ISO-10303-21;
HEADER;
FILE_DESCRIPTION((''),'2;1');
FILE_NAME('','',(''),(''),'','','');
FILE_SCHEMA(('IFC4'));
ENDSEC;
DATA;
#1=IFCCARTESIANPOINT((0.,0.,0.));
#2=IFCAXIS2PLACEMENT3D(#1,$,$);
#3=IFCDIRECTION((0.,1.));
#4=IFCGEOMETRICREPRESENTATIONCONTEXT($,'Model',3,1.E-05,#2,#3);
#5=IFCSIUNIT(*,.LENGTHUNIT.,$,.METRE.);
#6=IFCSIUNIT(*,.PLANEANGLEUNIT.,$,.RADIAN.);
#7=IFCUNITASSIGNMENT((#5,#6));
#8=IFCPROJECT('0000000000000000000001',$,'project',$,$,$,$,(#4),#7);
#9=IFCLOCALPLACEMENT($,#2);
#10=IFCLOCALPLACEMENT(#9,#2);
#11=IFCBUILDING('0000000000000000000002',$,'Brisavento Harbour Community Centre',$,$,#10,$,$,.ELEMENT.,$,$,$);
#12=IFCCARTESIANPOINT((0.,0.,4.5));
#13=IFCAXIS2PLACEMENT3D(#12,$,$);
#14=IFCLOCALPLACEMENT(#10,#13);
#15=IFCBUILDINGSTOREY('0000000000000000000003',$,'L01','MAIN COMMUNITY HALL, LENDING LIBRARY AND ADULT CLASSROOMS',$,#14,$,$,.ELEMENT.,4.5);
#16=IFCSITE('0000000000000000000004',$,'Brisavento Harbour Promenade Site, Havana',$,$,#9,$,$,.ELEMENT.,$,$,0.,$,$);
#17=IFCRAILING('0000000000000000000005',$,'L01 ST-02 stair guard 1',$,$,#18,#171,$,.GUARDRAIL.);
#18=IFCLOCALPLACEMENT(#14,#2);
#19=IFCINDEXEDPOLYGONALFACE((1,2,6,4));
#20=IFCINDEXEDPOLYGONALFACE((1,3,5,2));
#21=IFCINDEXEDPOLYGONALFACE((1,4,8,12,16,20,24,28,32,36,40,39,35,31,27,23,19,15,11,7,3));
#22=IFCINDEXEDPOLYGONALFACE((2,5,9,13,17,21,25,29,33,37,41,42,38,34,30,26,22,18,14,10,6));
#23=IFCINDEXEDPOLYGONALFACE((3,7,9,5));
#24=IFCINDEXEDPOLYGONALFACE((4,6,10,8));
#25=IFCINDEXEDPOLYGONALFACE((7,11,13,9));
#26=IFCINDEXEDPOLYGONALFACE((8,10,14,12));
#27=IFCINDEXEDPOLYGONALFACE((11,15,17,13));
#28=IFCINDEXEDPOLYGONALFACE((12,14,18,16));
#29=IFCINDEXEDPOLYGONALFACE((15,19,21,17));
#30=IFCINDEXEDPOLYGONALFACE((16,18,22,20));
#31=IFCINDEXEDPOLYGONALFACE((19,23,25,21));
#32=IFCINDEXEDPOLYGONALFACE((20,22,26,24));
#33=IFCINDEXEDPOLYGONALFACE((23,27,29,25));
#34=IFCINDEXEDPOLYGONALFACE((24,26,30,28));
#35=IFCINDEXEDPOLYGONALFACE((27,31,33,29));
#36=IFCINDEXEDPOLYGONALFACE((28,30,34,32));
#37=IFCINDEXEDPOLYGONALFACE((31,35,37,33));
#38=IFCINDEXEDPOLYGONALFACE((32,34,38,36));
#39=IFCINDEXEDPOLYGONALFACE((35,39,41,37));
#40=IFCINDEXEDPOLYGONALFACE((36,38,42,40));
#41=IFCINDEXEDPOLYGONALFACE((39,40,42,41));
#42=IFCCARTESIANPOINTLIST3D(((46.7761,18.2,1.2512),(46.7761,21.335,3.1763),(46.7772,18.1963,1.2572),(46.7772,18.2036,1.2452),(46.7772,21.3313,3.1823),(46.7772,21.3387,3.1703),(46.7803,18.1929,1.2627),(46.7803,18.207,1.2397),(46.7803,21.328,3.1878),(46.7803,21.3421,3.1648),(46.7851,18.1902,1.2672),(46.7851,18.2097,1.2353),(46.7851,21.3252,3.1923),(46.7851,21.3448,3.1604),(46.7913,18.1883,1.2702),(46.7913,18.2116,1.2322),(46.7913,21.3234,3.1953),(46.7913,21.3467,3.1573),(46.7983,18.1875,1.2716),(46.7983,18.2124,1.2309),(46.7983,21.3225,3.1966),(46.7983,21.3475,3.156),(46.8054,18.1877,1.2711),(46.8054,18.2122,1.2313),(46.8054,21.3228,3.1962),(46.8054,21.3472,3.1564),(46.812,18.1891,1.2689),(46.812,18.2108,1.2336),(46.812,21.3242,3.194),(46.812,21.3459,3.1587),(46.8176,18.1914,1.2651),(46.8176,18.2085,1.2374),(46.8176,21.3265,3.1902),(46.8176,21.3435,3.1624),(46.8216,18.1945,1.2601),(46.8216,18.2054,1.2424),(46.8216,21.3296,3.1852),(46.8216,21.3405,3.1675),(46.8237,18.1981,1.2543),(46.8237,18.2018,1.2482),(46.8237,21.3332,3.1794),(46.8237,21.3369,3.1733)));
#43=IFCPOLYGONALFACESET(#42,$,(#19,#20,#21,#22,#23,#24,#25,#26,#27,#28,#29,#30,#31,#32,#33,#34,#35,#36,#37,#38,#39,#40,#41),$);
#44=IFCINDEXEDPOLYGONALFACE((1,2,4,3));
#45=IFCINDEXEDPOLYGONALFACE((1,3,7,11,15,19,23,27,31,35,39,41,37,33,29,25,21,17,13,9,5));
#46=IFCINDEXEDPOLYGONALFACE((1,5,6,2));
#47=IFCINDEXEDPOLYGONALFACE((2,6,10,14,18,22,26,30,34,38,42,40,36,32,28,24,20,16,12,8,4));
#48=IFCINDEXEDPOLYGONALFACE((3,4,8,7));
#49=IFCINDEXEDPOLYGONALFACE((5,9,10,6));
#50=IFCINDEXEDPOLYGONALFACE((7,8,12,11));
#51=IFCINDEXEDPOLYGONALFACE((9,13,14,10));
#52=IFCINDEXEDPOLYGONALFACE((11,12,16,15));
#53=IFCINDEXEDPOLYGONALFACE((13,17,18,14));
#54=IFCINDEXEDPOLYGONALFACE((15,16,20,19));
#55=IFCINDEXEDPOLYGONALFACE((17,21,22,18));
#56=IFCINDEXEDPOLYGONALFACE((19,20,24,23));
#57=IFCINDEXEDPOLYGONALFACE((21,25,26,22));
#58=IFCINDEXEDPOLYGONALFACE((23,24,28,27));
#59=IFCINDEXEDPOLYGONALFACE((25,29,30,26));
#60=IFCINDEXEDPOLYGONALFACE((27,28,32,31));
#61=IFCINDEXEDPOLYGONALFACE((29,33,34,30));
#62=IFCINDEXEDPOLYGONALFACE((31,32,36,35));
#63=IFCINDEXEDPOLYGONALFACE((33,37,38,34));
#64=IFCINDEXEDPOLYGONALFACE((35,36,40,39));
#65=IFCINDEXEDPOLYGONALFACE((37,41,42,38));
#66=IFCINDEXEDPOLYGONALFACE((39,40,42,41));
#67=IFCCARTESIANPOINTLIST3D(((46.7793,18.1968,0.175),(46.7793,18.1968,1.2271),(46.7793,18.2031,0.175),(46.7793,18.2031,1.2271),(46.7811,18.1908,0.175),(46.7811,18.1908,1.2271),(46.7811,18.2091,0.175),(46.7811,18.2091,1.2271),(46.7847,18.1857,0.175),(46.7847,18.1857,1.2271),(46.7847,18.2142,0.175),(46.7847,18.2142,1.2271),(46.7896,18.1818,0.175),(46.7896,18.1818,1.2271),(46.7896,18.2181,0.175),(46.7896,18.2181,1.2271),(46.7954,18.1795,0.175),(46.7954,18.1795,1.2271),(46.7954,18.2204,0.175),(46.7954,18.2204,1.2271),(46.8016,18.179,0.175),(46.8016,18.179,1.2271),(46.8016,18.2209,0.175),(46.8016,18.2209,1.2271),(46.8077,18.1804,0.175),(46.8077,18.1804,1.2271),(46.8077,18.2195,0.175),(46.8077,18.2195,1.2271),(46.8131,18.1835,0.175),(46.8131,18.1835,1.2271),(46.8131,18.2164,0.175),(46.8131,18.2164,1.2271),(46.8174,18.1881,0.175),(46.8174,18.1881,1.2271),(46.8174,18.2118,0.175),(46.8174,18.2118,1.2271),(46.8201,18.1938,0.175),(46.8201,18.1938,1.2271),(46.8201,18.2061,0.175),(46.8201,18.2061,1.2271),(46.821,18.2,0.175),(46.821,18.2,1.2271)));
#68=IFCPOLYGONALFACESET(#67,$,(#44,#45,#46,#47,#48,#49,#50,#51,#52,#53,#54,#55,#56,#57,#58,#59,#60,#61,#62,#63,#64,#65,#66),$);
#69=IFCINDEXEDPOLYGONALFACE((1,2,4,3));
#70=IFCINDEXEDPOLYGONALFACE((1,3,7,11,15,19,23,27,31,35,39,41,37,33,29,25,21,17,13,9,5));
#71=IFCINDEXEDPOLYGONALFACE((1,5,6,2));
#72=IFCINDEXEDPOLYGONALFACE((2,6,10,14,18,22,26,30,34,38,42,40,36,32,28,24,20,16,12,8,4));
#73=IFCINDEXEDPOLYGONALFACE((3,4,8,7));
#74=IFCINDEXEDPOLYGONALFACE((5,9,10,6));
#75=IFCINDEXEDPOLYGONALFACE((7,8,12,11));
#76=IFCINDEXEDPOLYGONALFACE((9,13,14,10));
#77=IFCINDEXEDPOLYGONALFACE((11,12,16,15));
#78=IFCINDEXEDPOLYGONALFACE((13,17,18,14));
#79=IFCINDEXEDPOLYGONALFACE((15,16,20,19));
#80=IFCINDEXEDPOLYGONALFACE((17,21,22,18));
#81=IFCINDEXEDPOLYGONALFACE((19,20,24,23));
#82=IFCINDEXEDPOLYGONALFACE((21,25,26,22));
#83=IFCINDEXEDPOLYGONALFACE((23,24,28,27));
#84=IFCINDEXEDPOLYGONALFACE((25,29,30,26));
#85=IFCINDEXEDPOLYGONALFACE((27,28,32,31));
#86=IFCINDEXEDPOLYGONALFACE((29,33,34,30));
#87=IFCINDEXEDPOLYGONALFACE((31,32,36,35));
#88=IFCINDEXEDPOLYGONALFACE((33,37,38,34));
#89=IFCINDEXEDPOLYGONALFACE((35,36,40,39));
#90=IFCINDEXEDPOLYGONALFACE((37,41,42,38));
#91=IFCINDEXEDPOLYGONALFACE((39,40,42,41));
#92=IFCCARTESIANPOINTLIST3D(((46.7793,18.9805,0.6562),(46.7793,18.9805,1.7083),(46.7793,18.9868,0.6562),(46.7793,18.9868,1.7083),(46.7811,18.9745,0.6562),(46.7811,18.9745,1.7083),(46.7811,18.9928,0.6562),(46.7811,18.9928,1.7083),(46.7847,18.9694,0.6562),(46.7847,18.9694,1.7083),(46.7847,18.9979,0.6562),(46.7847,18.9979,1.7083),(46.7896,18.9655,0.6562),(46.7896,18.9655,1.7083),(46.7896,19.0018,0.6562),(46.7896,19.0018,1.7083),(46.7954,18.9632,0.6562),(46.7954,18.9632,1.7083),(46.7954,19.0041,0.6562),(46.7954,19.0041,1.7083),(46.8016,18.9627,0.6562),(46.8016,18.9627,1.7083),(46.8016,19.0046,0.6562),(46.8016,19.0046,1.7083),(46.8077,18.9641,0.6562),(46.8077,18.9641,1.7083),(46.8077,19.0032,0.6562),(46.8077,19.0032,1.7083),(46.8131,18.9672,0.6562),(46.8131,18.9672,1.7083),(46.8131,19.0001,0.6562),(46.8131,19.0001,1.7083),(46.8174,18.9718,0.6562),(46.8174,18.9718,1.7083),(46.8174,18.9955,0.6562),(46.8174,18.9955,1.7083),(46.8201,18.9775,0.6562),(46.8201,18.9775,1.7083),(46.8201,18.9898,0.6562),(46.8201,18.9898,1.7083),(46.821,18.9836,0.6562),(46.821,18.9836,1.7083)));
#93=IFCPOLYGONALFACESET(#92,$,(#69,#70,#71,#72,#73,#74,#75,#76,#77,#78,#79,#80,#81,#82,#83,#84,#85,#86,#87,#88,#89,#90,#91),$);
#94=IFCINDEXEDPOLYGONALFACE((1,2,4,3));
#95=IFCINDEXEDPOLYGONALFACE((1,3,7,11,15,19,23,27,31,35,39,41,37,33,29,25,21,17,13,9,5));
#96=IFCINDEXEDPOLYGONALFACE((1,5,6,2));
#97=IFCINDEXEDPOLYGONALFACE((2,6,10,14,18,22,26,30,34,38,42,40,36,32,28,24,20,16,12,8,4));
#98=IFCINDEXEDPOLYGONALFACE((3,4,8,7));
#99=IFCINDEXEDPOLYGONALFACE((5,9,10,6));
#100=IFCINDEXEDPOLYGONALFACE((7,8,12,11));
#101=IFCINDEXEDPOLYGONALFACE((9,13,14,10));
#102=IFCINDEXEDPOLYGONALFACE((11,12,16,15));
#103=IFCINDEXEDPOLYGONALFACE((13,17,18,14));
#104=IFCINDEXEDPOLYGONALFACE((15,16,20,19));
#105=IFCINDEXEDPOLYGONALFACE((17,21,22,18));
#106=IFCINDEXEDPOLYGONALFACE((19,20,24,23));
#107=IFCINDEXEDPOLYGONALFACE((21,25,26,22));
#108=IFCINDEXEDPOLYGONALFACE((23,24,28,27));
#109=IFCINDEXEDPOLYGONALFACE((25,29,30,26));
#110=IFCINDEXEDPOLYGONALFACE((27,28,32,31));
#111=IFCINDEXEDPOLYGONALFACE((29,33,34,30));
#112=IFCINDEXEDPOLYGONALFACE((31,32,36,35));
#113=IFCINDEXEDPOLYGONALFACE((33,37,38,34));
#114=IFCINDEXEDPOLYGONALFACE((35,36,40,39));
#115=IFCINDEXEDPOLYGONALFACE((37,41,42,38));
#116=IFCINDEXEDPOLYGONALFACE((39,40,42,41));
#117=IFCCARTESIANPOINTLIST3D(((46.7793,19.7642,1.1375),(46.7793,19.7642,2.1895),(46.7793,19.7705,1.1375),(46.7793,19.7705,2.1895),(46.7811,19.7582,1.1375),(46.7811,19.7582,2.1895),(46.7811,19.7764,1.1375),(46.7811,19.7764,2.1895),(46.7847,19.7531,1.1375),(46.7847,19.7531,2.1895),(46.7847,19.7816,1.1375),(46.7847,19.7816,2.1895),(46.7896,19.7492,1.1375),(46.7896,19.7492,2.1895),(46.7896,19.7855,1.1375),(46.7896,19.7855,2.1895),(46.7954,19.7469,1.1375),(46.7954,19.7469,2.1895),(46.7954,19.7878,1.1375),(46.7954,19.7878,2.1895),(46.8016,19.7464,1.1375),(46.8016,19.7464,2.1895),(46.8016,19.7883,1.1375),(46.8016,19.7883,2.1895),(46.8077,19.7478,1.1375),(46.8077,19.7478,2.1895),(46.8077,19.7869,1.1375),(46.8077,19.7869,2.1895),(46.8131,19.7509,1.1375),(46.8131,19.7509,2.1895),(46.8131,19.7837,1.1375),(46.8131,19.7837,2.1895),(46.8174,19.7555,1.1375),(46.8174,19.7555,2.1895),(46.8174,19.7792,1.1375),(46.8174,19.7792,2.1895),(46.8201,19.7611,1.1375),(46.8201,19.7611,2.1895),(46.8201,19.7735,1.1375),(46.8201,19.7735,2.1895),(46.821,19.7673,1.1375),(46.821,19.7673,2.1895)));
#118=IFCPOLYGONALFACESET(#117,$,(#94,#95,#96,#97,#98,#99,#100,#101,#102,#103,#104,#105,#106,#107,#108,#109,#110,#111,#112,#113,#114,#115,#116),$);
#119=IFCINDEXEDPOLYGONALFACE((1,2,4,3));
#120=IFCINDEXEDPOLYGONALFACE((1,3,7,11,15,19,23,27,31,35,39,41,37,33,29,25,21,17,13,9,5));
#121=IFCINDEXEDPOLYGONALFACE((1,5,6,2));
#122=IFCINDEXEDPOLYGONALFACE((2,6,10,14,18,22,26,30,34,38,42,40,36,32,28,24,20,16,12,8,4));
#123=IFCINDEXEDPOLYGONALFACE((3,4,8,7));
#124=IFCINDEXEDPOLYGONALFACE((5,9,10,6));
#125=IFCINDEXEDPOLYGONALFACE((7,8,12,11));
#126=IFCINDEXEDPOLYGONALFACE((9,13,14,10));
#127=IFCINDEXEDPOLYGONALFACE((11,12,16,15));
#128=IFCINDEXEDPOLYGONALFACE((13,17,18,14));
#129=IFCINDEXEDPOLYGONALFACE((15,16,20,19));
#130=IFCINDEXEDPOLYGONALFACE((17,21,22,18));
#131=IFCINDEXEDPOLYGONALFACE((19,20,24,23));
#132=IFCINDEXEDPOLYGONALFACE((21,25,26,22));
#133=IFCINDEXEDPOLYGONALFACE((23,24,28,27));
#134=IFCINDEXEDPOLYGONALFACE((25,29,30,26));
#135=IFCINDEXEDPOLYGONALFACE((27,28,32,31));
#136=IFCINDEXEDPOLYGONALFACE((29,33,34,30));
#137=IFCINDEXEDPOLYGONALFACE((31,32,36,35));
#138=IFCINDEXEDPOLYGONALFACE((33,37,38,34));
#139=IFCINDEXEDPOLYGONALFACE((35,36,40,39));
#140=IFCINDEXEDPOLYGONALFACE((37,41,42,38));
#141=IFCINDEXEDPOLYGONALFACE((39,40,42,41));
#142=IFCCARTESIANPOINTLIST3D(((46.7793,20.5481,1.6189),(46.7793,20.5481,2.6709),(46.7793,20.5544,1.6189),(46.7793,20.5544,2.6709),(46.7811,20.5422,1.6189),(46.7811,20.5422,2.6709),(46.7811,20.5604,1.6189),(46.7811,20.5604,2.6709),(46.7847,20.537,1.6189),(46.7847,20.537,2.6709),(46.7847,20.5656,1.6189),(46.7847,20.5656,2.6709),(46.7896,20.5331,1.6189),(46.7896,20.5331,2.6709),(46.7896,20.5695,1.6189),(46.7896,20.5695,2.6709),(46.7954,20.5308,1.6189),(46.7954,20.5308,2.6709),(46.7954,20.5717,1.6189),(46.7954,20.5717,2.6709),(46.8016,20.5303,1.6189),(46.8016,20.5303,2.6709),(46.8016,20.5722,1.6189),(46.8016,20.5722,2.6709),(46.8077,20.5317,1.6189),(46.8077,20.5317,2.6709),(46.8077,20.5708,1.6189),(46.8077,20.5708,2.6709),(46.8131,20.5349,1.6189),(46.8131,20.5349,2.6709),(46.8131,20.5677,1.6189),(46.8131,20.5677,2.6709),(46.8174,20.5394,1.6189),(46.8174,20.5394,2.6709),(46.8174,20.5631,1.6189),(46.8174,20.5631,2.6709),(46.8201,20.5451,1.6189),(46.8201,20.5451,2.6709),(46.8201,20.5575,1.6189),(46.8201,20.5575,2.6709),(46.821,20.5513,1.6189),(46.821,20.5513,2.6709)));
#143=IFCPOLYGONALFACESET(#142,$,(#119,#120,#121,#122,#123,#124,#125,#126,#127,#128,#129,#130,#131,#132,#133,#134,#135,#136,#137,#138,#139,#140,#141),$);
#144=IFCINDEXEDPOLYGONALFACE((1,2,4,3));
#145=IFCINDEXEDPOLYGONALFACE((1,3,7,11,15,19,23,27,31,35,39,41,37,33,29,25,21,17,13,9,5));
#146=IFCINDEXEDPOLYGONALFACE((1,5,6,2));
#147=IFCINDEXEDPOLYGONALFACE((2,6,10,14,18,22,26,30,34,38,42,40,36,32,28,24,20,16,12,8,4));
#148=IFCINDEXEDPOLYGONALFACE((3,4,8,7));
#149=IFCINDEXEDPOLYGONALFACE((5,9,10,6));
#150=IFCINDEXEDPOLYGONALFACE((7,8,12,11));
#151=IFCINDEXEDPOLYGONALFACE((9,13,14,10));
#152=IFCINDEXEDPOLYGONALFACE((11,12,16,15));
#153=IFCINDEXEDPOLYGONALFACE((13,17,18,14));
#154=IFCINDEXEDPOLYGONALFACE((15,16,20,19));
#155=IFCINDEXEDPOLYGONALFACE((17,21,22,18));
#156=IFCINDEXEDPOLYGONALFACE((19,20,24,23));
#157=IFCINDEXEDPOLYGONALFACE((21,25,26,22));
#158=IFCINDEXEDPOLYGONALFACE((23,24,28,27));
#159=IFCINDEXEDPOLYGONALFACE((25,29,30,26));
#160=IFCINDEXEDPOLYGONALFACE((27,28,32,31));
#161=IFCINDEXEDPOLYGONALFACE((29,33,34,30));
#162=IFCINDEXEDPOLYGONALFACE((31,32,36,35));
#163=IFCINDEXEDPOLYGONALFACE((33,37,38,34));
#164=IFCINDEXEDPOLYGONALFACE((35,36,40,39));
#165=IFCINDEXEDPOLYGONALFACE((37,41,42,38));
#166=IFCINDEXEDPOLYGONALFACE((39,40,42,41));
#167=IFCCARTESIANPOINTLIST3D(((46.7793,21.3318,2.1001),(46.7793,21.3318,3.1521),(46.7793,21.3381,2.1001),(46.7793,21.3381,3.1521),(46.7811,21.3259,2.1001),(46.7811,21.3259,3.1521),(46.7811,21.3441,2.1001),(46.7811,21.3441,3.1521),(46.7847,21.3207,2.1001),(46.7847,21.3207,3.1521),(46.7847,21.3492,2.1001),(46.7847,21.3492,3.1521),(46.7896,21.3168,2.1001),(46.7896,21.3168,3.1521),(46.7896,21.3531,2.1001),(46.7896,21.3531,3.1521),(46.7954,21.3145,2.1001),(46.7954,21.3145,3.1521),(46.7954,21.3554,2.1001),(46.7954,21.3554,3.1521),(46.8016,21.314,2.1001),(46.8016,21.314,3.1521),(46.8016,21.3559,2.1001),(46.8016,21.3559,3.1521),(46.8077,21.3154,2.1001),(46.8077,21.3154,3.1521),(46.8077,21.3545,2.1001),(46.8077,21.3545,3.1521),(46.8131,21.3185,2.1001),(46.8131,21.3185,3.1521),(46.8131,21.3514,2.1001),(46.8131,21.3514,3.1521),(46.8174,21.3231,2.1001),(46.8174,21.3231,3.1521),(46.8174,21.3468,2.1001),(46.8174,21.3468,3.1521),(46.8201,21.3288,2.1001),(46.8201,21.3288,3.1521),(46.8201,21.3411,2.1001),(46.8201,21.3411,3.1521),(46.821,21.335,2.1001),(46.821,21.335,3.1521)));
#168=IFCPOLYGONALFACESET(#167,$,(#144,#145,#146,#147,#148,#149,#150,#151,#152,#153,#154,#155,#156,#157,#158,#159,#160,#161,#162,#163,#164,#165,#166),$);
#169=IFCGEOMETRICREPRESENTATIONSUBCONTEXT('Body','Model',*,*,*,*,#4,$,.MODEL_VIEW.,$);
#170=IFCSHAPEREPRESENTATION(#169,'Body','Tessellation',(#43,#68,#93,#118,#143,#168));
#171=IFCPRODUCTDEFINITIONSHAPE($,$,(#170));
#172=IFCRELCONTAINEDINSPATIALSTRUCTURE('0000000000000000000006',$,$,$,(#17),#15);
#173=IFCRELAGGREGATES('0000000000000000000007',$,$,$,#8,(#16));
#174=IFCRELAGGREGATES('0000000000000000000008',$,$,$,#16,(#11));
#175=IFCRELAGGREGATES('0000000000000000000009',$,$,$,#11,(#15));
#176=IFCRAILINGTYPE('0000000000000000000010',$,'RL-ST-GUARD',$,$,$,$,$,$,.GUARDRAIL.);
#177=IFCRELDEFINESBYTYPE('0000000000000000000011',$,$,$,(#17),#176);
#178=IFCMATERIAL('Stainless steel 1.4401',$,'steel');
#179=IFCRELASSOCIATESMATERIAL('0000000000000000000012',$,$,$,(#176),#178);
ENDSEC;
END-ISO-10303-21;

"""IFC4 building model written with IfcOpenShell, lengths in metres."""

from ifc_helpers import new_model, si_unit, direction, frame, origin, origin_2d, place, context, subcontext, project, spatial, circle, extrude, material, type_object, element, save


model = new_model("IFC4")

# Units and contexts
model_context = context("Model", 3, precision=1e-05, world=origin(), true_north=direction((0.0, 1.0)))
body_context = subcontext(model_context, "Body", "Model", "MODEL_VIEW")
ifc_project = project(units=[si_unit("LENGTHUNIT", "METRE"), si_unit("PLANEANGLEUNIT", "RADIAN")], contexts=[model_context])

# Site, building, storey
site_placement = place(None, origin())
site = spatial("IfcSite", under=ifc_project, at=site_placement, Name="Brisavento Harbour Promenade Site, Havana", CompositionType="ELEMENT", RefElevation=0.0)
building_placement = place(site_placement, origin())
building = spatial("IfcBuilding", under=site, at=building_placement, Name="Brisavento Harbour Community Centre", CompositionType="ELEMENT")
storey_placement = place(building_placement, frame((0.0, 0.0, 4.5)))
storey = spatial("IfcBuildingStorey", under=building, at=storey_placement, Name="L01", Description="MAIN COMMUNITY HALL, LENDING LIBRARY AND ADULT CLASSROOMS", CompositionType="ELEMENT", Elevation=4.5)

# Railing
ifc_material_1 = material(Name="Stainless steel 1.4401", Category="steel")
railing_type_1 = type_object("IfcRailingType", Name="RL-ST-GUARD", PredefinedType="GUARDRAIL", material=ifc_material_1)
railing_1_placement = place(storey_placement, frame((46.8, 18.2, 0.175)))
element("IfcRailing", 1, at=railing_1_placement, inside=storey, type_object=railing_type_1, Name="L01 ST-02 stair guard 1", PredefinedType="GUARDRAIL", context=body_context, shape_type="SweptSolid", body=[
    extrude(circle(Radius=0.0239, at=origin_2d()), frame((0.0, 0.0, 1.0762), z_axis=(0.0, 0.852166, 0.523271), x_axis=(-1.0, 0.0, 0.0)), (0.0, 0.0, 1.0), 3.679),
    extrude(circle(Radius=0.021, at=origin_2d()), origin(), (0.0, 0.0, 1.0), 1.052),
    extrude(circle(Radius=0.021, at=origin_2d()), frame((0.0, 0.7837, 0.4812)), (0.0, 0.0, 1.0), 1.052),
    extrude(circle(Radius=0.021, at=origin_2d()), frame((0.0, 1.5674, 0.9624)), (0.0, 0.0, 1.0), 1.052),
    extrude(circle(Radius=0.021, at=origin_2d()), frame((0.0, 2.3513, 1.4438)), (0.0, 0.0, 1.0), 1.052),
    extrude(circle(Radius=0.021, at=origin_2d()), frame((0.0, 3.135, 1.925)), (0.0, 0.0, 1.0), 1.052),
])

save(model, "model.ifc")
